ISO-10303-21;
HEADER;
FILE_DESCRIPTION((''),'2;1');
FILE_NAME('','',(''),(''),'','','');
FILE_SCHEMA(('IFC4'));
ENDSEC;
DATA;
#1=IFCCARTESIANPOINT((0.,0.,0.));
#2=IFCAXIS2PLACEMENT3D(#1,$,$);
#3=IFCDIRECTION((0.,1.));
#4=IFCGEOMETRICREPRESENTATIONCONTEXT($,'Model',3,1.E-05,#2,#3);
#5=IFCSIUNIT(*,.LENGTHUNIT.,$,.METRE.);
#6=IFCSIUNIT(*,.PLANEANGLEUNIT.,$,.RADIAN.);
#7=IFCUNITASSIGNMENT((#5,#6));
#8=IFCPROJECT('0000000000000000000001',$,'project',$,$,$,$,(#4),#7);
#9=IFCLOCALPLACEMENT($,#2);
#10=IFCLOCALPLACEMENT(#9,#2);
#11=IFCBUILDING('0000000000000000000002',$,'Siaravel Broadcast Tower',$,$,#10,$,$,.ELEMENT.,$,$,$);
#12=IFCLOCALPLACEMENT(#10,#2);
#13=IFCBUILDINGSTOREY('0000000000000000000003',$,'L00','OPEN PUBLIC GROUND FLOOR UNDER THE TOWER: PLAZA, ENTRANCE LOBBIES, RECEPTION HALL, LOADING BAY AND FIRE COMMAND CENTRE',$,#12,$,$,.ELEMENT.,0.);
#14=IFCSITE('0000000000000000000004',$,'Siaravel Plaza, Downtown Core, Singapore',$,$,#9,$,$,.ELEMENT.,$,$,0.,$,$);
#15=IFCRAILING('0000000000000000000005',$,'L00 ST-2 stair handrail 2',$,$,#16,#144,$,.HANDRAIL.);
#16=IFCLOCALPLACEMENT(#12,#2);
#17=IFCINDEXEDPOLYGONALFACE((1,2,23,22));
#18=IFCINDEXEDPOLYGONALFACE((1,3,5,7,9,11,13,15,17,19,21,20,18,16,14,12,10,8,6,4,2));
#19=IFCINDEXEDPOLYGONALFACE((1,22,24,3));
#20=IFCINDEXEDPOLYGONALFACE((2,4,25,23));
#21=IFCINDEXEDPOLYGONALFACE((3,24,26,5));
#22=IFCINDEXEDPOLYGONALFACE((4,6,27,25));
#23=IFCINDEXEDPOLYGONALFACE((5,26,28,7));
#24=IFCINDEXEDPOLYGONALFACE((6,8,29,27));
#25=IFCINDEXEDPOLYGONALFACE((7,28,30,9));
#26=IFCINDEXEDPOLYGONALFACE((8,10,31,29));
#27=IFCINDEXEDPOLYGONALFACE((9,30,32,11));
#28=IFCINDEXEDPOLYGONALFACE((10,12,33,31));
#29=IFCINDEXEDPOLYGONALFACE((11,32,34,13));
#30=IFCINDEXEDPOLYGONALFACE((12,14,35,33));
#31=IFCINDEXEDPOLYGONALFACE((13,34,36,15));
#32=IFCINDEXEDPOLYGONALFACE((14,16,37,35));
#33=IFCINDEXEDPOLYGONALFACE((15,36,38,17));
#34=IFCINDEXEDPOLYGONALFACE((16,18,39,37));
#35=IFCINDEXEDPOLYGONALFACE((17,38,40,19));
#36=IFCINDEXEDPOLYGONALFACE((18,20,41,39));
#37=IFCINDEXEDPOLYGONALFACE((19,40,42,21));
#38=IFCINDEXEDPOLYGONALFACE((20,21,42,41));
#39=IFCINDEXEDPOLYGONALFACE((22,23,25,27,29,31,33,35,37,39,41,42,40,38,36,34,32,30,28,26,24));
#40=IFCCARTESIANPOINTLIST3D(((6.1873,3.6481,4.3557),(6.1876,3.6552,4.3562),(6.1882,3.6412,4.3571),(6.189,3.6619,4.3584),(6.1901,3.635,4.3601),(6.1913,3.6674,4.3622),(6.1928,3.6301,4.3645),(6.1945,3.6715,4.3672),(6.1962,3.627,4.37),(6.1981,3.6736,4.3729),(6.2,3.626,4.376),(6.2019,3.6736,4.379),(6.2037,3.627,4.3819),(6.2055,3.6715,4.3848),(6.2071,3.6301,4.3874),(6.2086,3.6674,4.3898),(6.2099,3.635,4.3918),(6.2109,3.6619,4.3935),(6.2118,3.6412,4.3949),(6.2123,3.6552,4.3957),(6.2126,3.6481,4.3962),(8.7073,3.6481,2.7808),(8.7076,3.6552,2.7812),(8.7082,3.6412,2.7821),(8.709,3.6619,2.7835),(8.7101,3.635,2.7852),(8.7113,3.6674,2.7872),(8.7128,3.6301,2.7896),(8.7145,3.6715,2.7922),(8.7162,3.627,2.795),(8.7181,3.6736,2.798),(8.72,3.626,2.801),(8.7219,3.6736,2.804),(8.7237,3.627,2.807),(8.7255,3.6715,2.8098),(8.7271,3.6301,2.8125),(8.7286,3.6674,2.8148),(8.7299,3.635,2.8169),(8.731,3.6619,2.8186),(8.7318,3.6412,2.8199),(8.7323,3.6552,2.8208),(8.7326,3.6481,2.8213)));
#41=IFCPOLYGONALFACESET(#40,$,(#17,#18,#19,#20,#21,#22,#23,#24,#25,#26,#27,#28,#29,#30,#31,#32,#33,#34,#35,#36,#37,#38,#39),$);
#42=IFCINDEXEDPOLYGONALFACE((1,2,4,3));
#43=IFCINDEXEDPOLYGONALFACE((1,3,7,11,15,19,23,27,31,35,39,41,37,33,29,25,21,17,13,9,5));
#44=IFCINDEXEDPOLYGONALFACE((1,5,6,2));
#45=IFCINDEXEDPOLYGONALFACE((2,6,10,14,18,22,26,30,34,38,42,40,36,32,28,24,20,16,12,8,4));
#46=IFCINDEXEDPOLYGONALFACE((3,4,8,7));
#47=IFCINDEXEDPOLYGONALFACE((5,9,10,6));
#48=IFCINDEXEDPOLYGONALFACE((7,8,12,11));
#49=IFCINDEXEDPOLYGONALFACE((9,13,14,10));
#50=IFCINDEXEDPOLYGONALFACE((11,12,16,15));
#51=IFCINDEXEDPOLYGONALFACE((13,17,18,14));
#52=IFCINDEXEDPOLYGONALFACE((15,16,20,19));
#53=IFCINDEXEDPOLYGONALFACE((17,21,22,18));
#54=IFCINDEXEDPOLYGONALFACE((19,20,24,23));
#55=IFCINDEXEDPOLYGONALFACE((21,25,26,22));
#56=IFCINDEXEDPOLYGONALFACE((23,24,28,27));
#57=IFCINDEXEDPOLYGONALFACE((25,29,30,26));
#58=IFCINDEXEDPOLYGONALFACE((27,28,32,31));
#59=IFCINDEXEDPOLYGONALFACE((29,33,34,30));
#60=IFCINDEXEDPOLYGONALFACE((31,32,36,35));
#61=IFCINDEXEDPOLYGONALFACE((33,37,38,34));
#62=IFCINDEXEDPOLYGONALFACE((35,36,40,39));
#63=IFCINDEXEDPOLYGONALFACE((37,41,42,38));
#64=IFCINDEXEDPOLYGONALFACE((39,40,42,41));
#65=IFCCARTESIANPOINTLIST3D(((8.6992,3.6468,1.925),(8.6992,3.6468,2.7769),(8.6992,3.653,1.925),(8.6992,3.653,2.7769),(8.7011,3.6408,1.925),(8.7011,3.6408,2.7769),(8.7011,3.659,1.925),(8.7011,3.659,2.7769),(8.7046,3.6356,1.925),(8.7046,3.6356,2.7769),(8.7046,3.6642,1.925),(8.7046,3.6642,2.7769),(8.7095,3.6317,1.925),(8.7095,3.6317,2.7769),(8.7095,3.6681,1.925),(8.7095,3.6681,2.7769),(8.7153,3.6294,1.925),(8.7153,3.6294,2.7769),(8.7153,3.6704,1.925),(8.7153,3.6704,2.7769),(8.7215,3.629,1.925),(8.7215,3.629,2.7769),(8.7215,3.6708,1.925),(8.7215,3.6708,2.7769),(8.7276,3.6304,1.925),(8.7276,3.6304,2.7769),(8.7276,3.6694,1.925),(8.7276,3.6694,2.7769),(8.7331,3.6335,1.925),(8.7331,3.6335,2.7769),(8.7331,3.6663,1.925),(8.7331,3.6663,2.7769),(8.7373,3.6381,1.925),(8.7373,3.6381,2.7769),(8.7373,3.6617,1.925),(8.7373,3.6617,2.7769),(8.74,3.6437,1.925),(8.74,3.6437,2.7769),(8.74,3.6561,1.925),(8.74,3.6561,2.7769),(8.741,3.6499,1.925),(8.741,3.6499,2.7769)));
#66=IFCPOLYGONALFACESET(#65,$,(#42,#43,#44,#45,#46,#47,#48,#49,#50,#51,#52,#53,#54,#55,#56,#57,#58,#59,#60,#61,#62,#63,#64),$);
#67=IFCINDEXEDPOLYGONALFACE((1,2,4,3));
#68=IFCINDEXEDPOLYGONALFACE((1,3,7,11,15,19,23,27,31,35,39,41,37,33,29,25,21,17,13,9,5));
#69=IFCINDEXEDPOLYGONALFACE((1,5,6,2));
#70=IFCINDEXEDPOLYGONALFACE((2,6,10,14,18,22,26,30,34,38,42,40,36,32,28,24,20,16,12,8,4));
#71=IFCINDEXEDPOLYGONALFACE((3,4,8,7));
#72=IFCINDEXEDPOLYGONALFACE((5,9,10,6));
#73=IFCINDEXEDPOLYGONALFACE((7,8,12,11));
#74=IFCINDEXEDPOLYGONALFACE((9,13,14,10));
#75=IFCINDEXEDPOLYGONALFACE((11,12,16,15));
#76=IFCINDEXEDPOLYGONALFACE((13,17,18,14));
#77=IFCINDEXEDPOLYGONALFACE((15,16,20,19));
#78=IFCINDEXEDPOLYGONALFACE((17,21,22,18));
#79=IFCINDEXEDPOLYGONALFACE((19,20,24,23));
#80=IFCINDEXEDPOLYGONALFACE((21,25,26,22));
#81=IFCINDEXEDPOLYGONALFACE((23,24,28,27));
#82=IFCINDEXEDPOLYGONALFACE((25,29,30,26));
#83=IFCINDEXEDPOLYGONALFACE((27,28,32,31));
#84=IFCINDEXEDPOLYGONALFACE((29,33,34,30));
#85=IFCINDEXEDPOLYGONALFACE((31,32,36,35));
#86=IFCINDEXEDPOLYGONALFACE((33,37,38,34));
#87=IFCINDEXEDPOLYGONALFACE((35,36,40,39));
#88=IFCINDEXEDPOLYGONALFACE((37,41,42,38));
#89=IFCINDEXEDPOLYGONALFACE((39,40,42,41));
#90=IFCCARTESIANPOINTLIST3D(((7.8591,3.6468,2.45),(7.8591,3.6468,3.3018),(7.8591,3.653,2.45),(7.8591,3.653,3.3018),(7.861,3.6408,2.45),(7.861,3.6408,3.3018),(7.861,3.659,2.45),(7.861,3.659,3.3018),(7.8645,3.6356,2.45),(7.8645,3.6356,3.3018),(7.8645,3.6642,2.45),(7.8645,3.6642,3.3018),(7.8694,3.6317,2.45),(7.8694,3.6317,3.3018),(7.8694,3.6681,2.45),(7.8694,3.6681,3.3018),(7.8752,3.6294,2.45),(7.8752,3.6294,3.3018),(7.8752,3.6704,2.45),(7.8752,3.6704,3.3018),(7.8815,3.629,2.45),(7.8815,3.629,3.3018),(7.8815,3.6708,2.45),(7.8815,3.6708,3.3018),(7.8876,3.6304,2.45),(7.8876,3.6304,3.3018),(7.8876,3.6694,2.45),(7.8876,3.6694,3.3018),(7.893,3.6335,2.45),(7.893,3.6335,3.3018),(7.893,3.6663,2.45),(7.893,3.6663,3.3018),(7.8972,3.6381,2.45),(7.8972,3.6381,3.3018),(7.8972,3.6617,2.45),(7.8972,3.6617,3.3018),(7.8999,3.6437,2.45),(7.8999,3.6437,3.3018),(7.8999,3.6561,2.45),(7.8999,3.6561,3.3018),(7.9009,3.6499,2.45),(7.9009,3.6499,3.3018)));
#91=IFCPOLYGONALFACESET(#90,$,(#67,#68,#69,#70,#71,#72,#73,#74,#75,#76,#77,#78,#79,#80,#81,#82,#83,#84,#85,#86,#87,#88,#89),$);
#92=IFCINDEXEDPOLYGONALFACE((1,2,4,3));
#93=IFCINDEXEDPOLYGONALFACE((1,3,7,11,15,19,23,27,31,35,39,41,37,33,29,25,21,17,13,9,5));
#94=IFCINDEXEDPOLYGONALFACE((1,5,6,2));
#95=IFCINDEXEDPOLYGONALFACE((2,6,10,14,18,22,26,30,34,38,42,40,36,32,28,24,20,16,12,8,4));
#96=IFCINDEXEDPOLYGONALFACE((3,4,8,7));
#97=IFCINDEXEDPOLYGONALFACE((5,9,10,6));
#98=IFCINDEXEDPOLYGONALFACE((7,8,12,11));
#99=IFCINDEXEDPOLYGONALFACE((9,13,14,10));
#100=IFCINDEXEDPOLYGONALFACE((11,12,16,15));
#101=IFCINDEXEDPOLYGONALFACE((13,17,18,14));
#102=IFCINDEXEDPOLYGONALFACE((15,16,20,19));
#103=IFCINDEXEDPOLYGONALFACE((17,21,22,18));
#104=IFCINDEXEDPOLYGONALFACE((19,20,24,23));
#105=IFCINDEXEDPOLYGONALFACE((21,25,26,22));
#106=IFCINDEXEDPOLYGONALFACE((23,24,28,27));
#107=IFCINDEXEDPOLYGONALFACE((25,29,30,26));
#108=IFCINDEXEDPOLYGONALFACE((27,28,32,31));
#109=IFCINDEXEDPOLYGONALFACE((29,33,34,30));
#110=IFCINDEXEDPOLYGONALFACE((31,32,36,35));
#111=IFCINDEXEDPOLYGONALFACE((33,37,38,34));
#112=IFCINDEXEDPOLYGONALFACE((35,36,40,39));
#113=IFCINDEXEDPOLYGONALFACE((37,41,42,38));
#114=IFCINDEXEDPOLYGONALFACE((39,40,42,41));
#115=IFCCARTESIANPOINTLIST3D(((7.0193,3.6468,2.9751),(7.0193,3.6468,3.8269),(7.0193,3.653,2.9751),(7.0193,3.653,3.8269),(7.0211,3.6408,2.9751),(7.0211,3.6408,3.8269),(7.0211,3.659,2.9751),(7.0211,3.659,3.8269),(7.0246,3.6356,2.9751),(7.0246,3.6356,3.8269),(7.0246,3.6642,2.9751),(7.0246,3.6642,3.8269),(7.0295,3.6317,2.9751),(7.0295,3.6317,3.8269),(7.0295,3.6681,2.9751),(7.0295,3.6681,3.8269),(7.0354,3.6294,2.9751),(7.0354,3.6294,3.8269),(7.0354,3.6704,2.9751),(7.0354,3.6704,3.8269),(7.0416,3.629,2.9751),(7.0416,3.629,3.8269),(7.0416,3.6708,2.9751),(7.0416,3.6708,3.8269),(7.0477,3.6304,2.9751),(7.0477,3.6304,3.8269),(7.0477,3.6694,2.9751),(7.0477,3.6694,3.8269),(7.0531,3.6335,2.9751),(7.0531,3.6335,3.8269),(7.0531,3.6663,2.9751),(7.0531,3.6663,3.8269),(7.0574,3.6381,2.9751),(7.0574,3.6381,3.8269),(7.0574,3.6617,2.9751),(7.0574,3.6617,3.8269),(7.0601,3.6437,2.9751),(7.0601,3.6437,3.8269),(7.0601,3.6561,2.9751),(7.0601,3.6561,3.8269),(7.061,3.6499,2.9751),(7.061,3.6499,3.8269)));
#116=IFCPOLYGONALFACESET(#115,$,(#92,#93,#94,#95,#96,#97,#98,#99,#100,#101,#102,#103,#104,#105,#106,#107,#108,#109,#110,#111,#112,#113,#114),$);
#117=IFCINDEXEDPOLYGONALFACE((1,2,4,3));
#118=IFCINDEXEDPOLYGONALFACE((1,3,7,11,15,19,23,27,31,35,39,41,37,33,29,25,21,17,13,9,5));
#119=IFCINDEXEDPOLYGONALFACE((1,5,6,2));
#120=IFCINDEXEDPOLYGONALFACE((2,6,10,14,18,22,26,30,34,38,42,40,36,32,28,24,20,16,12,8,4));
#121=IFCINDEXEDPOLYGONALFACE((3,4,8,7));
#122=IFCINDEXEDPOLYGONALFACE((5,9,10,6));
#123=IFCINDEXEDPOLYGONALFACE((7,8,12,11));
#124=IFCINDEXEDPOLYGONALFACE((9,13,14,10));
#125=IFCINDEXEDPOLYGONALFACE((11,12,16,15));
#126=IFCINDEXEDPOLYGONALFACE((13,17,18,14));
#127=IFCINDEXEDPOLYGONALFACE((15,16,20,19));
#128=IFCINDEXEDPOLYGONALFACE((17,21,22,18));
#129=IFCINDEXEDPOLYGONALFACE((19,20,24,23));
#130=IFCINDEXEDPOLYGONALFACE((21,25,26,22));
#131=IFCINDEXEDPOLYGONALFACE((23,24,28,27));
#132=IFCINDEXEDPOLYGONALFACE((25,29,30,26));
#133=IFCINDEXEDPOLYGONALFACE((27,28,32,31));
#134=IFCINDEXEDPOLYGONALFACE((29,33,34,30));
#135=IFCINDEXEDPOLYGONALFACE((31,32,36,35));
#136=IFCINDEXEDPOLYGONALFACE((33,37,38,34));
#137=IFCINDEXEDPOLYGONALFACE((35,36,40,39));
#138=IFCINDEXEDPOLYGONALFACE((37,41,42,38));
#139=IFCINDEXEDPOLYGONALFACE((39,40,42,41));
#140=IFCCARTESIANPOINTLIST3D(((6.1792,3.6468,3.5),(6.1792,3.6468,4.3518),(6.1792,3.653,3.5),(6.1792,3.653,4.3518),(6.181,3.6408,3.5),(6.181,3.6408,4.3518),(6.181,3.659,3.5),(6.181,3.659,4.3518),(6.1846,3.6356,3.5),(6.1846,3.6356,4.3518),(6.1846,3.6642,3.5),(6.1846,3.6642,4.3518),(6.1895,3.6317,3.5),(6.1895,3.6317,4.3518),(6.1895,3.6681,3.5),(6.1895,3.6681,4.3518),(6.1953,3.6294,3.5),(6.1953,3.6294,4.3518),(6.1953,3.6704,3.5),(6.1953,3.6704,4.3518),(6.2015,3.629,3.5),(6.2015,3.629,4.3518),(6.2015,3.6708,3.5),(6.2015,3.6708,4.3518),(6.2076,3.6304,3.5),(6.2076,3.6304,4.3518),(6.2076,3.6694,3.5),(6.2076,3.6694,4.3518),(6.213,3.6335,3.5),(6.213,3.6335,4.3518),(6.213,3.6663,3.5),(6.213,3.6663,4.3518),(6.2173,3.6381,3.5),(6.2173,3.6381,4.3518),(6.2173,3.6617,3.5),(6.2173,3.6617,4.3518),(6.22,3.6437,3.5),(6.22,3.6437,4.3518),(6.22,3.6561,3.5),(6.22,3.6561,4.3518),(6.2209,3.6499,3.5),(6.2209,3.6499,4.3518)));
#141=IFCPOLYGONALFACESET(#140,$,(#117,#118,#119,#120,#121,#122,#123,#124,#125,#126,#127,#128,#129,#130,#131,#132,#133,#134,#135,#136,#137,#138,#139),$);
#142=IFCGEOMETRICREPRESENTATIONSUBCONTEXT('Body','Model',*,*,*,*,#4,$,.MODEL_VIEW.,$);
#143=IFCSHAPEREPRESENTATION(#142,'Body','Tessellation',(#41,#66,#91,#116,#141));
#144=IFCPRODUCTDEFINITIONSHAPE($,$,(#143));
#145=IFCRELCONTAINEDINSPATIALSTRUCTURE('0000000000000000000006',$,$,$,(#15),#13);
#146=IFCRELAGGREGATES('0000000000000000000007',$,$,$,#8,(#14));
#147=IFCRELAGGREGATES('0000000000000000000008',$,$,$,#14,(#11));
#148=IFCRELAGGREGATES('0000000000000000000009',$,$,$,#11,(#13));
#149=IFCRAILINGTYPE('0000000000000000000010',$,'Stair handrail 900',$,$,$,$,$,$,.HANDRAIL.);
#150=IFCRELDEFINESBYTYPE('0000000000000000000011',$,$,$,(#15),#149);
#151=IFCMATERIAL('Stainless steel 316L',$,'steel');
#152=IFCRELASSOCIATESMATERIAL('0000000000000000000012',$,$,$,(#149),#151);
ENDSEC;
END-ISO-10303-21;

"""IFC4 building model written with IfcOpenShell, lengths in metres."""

from ifc_helpers import new_model, si_unit, direction, frame, origin, origin_2d, place, context, subcontext, project, spatial, circle, extrude, material, type_object, element, save


model = new_model("IFC4")

# Units and contexts
model_context = context("Model", 3, precision=1e-05, world=origin(), true_north=direction((0.0, 1.0)))
body_context = subcontext(model_context, "Body", "Model", "MODEL_VIEW")
ifc_project = project(units=[si_unit("LENGTHUNIT", "METRE"), si_unit("PLANEANGLEUNIT", "RADIAN")], contexts=[model_context])

# Site, building, storey
site_placement = place(None, origin())
site = spatial("IfcSite", under=ifc_project, at=site_placement, Name="Siaravel Plaza, Downtown Core, Singapore", CompositionType="ELEMENT", RefElevation=0.0)
building_placement = place(site_placement, origin())
building = spatial("IfcBuilding", under=site, at=building_placement, Name="Siaravel Broadcast Tower", CompositionType="ELEMENT")
storey_placement = place(building_placement, origin())
storey = spatial("IfcBuildingStorey", under=building, at=storey_placement, Name="L00", Description="OPEN PUBLIC GROUND FLOOR UNDER THE TOWER: PLAZA, ENTRANCE LOBBIES, RECEPTION HALL, LOADING BAY AND FIRE COMMAND CENTRE", CompositionType="ELEMENT", Elevation=0.0)

# Railing
ifc_material_1 = material(Name="Stainless steel 316L", Category="steel")
railing_type_1 = type_object("IfcRailingType", Name="Stair handrail 900", PredefinedType="HANDRAIL", material=ifc_material_1)
for number, where, name in (
    (1, (8.72, 3.6499, 1.925), "L00 ST-2 stair handrail 2"),
):
    element("IfcRailing", number, at=place(storey_placement, frame(where)), inside=storey, type_object=railing_type_1, Name=name, PredefinedType="HANDRAIL", context=body_context, shape_type="SweptSolid", body=[
        extrude(circle(Radius=0.0239, at=origin_2d()), frame((0.0, 0.0, 0.876), z_axis=(-0.848008, 0.0, 0.529984), x_axis=(0.0, -1.0, 0.0)), (0.0, 0.0, 1.0), 2.9717),
        extrude(circle(Radius=0.021, at=origin_2d()), origin(), (0.0, 0.0, 1.0), 0.8518),
        extrude(circle(Radius=0.021, at=origin_2d()), frame((-0.8401, 0.0, 0.5249)), (0.0, 0.0, 1.0), 0.8518),
        extrude(circle(Radius=0.021, at=origin_2d()), frame((-1.6799, 0.0, 1.05)), (0.0, 0.0, 1.0), 0.8518),
        extrude(circle(Radius=0.021, at=origin_2d()), frame((-2.52, 0.0, 1.575)), (0.0, 0.0, 1.0), 0.8518),
    ])

save(model, "model.ifc")
